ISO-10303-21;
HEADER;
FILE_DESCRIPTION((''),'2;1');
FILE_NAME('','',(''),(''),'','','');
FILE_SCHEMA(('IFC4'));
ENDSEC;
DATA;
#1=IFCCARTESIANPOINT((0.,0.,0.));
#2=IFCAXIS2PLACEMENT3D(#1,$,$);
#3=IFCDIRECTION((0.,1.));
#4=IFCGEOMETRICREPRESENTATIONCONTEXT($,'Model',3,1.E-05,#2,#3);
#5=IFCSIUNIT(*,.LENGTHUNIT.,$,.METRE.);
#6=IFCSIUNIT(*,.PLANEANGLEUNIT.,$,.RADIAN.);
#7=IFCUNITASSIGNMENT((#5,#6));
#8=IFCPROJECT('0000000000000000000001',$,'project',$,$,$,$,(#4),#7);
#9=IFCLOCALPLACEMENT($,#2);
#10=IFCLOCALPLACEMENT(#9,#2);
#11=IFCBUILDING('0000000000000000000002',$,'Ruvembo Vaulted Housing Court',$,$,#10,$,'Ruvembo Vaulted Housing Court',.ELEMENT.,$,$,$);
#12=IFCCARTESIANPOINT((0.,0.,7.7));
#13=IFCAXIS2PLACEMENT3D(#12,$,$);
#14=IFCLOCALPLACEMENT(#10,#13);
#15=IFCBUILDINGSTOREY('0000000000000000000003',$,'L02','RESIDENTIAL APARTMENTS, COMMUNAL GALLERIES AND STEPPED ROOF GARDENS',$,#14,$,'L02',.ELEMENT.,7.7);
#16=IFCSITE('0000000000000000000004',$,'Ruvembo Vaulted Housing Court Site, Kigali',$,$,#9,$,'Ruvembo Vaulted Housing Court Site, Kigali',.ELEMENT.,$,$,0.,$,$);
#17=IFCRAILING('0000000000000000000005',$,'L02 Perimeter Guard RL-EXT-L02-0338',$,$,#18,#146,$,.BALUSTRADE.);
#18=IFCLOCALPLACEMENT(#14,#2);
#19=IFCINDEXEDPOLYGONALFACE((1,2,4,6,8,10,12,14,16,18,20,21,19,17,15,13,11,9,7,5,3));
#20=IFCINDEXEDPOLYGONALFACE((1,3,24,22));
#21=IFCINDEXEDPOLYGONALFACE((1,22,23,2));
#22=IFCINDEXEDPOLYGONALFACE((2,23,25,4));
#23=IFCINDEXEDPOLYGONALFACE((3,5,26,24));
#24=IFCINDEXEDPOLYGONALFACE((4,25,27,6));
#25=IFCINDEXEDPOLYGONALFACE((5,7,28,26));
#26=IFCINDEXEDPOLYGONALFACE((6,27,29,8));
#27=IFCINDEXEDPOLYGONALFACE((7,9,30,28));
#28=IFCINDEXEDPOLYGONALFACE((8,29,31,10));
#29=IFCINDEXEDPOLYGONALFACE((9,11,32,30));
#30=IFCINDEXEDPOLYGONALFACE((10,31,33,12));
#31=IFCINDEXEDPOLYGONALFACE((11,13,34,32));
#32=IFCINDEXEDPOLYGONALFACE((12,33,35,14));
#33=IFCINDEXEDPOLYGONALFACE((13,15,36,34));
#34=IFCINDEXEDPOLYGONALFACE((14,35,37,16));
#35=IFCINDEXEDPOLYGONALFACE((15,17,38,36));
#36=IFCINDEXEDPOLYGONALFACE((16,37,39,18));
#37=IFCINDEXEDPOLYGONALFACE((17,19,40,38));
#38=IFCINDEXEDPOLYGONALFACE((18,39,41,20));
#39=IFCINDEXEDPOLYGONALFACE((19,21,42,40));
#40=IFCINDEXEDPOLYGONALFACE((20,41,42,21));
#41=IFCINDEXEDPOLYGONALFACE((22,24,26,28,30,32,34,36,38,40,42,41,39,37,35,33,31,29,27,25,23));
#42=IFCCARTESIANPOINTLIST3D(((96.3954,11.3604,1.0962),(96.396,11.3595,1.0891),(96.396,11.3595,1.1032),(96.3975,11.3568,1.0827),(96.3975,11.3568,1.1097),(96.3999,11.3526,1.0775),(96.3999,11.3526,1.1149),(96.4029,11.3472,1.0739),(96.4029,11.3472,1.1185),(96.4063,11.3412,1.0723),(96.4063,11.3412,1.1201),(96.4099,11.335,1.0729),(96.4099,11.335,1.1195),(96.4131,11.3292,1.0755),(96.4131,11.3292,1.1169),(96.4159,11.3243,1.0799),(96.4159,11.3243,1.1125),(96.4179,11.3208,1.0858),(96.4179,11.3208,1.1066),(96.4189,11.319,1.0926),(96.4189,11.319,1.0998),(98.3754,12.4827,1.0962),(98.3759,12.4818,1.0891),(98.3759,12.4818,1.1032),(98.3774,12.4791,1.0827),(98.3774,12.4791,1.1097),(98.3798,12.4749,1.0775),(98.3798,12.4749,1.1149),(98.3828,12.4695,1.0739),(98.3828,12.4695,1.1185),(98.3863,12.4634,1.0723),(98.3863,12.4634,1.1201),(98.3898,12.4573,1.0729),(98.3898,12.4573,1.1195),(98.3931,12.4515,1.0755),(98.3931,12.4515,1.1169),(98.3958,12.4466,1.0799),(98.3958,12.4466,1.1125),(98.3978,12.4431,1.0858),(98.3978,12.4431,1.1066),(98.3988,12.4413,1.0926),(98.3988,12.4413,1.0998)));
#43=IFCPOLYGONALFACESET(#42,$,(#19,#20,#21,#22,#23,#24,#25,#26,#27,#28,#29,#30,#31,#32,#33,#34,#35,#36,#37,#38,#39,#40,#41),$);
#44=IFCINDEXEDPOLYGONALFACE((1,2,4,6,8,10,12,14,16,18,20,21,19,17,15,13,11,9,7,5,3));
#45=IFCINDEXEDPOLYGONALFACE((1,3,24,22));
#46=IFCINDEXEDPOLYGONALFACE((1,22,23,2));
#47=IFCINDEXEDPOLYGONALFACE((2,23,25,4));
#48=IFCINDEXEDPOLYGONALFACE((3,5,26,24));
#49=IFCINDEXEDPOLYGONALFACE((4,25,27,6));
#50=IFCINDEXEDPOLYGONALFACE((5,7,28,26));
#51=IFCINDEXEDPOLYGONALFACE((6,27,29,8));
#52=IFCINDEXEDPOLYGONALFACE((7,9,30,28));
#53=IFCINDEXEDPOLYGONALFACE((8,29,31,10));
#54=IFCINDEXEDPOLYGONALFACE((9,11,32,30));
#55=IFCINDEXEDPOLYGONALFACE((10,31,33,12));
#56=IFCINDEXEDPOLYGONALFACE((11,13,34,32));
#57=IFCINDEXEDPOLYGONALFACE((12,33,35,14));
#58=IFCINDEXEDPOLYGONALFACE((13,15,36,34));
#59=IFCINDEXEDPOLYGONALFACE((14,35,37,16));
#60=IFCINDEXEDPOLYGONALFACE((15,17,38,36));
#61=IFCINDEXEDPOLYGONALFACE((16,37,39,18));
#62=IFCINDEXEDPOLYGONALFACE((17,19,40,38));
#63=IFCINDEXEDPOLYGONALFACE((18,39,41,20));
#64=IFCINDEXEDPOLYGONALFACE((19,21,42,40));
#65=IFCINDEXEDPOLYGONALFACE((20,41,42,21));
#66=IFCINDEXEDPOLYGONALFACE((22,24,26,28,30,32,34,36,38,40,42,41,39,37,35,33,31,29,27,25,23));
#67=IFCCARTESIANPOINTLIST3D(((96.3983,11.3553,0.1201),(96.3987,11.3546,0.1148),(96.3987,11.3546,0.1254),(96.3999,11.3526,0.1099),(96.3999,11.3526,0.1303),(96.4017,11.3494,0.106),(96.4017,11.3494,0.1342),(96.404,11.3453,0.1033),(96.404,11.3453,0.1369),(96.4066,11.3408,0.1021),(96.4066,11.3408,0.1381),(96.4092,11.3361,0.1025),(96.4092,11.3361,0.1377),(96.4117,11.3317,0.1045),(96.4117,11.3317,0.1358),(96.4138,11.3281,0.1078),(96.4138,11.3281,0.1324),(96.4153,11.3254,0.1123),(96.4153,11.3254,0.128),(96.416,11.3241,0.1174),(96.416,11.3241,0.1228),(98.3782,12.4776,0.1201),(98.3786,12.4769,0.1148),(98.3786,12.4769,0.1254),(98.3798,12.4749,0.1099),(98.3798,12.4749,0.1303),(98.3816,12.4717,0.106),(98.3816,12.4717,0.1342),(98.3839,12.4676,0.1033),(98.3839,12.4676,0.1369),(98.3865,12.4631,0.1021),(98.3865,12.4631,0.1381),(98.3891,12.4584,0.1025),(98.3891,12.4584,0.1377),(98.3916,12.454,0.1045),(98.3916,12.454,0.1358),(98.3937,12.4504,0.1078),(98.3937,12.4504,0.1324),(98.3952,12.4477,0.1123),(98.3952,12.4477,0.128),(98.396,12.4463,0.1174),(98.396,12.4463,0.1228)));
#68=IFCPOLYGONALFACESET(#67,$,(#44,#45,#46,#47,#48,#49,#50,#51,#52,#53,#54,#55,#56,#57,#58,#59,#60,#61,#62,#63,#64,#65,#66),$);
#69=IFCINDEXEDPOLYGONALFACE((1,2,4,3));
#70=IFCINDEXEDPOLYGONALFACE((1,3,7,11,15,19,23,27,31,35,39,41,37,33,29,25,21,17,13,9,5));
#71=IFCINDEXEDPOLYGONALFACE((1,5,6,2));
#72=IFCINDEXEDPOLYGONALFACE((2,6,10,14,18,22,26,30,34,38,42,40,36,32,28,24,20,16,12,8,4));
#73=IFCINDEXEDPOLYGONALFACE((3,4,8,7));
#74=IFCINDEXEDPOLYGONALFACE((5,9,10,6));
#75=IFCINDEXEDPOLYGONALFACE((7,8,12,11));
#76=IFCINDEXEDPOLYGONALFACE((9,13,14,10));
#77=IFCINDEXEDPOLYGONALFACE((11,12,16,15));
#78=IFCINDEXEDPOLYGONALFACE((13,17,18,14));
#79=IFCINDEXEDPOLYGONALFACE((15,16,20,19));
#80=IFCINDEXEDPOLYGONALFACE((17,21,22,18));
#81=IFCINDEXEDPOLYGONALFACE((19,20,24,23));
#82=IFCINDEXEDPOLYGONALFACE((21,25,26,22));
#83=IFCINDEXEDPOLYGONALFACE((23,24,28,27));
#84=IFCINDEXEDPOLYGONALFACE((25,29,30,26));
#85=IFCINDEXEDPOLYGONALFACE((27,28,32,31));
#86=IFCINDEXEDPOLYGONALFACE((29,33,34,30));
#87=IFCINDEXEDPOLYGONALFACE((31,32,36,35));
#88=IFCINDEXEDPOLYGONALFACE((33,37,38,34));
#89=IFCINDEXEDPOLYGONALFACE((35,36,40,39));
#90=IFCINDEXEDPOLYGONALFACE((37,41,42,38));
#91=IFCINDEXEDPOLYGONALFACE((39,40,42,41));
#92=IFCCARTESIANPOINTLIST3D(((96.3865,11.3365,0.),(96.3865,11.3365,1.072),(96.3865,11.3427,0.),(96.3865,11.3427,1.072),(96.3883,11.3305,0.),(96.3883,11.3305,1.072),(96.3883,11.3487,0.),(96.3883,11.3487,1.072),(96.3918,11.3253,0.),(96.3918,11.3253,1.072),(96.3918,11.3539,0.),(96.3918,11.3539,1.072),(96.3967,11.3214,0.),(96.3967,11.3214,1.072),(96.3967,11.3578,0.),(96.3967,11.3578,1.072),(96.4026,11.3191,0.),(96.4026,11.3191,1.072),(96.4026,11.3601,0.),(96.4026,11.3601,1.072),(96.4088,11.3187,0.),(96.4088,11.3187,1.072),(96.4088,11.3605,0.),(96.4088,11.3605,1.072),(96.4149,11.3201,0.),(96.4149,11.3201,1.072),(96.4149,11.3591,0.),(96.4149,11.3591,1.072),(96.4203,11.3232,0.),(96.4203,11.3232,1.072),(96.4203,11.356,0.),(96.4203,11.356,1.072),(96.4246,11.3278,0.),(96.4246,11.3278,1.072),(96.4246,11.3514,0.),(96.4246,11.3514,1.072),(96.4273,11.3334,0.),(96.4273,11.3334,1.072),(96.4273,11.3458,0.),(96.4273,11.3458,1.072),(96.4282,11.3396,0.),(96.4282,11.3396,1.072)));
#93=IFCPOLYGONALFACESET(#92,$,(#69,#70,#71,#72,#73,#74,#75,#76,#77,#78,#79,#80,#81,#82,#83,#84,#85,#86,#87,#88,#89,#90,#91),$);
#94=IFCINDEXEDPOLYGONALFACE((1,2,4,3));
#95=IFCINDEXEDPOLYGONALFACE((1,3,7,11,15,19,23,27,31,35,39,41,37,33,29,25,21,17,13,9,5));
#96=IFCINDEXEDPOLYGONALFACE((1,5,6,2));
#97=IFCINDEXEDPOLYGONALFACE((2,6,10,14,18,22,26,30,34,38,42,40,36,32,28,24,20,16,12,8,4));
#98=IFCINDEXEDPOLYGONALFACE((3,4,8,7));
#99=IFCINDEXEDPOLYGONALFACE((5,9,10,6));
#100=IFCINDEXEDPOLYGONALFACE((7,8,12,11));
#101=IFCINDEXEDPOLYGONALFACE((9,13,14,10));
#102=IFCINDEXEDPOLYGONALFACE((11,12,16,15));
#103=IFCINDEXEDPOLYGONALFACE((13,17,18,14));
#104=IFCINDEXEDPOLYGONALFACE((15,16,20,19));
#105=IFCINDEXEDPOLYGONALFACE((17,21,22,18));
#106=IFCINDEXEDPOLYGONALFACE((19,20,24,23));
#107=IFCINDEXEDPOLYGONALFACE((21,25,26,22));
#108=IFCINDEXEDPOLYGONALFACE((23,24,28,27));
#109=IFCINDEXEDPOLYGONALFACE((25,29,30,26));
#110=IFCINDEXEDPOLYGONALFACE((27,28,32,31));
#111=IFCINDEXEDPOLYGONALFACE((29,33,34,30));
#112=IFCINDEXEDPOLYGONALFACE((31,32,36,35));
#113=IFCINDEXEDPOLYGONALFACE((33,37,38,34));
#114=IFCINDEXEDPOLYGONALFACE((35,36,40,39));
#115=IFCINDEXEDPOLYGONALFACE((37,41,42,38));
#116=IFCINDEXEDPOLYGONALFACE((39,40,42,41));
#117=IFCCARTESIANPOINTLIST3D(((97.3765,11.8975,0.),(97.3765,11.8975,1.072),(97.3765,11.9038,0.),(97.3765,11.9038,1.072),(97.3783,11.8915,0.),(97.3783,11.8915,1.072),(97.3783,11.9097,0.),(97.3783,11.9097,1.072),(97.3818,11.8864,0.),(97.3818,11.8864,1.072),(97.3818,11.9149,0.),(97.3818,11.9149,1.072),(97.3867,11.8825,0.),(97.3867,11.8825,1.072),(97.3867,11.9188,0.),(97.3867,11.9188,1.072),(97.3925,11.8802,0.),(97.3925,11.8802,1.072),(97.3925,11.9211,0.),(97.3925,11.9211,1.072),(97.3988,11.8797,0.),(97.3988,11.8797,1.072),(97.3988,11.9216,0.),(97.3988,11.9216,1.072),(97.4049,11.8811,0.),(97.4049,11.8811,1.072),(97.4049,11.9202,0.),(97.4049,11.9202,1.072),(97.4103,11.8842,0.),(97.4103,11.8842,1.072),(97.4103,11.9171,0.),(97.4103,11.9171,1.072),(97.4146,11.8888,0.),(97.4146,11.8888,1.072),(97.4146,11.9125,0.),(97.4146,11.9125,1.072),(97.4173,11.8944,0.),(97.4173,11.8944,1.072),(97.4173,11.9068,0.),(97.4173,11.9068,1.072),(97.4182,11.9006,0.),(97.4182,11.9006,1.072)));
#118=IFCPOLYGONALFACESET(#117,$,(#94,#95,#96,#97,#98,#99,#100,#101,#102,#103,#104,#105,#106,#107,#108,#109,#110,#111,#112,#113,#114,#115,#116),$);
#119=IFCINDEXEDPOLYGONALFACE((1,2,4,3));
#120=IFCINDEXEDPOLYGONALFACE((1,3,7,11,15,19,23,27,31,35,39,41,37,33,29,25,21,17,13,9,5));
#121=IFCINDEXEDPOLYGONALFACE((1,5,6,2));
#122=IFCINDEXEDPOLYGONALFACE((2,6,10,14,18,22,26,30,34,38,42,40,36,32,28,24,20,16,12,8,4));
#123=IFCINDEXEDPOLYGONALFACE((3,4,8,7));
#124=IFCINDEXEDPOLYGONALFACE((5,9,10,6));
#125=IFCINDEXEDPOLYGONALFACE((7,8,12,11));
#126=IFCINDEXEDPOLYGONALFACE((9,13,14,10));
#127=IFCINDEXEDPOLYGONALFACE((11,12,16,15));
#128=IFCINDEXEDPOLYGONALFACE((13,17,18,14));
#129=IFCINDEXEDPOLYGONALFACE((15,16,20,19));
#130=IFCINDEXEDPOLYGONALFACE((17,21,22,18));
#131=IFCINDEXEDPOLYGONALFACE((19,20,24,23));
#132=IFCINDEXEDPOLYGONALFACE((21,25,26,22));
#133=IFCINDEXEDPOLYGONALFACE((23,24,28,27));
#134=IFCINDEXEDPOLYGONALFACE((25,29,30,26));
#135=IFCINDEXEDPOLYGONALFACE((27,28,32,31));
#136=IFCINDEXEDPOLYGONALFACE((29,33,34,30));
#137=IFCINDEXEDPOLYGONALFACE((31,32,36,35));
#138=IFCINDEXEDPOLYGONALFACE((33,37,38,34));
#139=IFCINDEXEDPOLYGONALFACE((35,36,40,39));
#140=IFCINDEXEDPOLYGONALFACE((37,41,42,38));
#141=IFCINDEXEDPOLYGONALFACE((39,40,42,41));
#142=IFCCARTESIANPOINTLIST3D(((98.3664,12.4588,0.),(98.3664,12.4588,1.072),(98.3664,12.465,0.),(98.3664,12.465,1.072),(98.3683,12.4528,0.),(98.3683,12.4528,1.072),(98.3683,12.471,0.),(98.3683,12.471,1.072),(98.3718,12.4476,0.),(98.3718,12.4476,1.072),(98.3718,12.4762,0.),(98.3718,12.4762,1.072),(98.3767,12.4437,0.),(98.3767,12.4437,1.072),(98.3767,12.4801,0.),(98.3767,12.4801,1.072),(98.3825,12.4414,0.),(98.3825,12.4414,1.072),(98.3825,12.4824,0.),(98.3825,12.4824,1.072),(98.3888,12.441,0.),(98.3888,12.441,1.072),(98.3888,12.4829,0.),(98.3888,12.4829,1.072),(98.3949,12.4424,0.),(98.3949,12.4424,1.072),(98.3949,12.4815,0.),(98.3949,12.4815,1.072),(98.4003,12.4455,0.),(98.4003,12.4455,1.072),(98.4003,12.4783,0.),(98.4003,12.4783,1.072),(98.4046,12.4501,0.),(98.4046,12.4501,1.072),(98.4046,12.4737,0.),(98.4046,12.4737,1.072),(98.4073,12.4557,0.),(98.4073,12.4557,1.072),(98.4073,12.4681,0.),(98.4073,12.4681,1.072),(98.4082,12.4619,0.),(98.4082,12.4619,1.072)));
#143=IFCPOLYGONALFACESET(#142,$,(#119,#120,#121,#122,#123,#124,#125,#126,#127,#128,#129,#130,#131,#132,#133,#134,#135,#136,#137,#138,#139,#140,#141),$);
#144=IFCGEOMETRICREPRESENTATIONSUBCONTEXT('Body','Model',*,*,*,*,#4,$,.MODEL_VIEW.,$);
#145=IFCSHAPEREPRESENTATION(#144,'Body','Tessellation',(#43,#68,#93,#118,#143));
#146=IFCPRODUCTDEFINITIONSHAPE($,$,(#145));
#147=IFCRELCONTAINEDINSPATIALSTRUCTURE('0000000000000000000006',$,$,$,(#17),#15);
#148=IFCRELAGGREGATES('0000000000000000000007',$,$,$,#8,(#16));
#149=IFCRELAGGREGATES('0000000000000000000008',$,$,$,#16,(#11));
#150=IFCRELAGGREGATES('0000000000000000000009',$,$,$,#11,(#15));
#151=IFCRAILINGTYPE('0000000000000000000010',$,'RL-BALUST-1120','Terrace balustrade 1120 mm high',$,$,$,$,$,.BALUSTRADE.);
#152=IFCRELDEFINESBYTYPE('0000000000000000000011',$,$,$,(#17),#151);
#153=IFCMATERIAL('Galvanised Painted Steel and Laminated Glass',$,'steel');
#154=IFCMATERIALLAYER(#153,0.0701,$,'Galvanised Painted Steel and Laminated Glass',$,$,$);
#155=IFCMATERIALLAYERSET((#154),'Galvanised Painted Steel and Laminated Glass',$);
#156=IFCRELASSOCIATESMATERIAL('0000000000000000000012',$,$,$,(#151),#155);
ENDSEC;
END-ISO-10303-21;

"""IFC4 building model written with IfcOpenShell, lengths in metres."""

from ifc_helpers import new_model, si_unit, direction, frame, origin, origin_2d, place, context, subcontext, project, spatial, circle, extrude, material, layer, layer_set, type_object, element, save


model = new_model("IFC4")

# Units and contexts
model_context = context("Model", 3, precision=1e-05, world=origin(), true_north=direction((0.0, 1.0)))
body_context = subcontext(model_context, "Body", "Model", "MODEL_VIEW")
ifc_project = project(units=[si_unit("LENGTHUNIT", "METRE"), si_unit("PLANEANGLEUNIT", "RADIAN")], contexts=[model_context])

# Site, building, storey
site_placement = place(None, origin())
site = spatial("IfcSite", under=ifc_project, at=site_placement, Name="Ruvembo Vaulted Housing Court Site, Kigali", LongName="Ruvembo Vaulted Housing Court Site, Kigali", CompositionType="ELEMENT", RefElevation=0.0)
building_placement = place(site_placement, origin())
building = spatial("IfcBuilding", under=site, at=building_placement, Name="Ruvembo Vaulted Housing Court", LongName="Ruvembo Vaulted Housing Court", CompositionType="ELEMENT")
storey_placement = place(building_placement, frame((0.0, 0.0, 7.7)))
storey = spatial("IfcBuildingStorey", under=building, at=storey_placement, Name="L02", Description="RESIDENTIAL APARTMENTS, COMMUNAL GALLERIES AND STEPPED ROOF GARDENS", LongName="L02", CompositionType="ELEMENT", Elevation=7.7)

# Railing
ifc_material_1 = material(Name="Galvanised Painted Steel and Laminated Glass", Category="steel")
ifc_layer_1 = layer(ifc_material_1, 0.0701, Name="Galvanised Painted Steel and Laminated Glass")
ifc_layer_set_1 = layer_set([ifc_layer_1], Name="Galvanised Painted Steel and Laminated Glass")
railing_type = type_object("IfcRailingType", Name="RL-BALUST-1120", Description="Terrace balustrade 1120 mm high", PredefinedType="BALUSTRADE", material=ifc_layer_set_1)
railing_placement = place(storey_placement, frame((96.4072, 11.3396, 0.0)))
element("IfcRailing", 1, at=railing_placement, inside=storey, type_object=railing_type, Name="L02 Perimeter Guard RL-EXT-L02-0338", PredefinedType="BALUSTRADE", context=body_context, shape_type="SweptSolid", body=[
    extrude(circle(Radius=0.0239, at=origin_2d()), frame((0.0, 0.0, 1.0962), z_axis=(0.869961, 0.493121, 0.0), x_axis=(-0.493121, 0.869961, 0.0)), (0.0, 0.0, 1.0), 2.2759),
    extrude(circle(Radius=0.0181, at=origin_2d()), frame((0.0, 0.0, 0.1201), z_axis=(0.869961, 0.493121, 0.0), x_axis=(-0.493121, 0.869961, 0.0)), (0.0, 0.0, 1.0), 2.2759),
    extrude(circle(Radius=0.021, at=origin_2d()), origin(), (0.0, 0.0, 1.0), 1.072),
    extrude(circle(Radius=0.021, at=origin_2d()), frame((0.99, 0.561, 0.0)), (0.0, 0.0, 1.0), 1.072),
    extrude(circle(Radius=0.021, at=origin_2d()), frame((1.98, 1.1223, 0.0)), (0.0, 0.0, 1.0), 1.072),
])

save(model, "model.ifc")
